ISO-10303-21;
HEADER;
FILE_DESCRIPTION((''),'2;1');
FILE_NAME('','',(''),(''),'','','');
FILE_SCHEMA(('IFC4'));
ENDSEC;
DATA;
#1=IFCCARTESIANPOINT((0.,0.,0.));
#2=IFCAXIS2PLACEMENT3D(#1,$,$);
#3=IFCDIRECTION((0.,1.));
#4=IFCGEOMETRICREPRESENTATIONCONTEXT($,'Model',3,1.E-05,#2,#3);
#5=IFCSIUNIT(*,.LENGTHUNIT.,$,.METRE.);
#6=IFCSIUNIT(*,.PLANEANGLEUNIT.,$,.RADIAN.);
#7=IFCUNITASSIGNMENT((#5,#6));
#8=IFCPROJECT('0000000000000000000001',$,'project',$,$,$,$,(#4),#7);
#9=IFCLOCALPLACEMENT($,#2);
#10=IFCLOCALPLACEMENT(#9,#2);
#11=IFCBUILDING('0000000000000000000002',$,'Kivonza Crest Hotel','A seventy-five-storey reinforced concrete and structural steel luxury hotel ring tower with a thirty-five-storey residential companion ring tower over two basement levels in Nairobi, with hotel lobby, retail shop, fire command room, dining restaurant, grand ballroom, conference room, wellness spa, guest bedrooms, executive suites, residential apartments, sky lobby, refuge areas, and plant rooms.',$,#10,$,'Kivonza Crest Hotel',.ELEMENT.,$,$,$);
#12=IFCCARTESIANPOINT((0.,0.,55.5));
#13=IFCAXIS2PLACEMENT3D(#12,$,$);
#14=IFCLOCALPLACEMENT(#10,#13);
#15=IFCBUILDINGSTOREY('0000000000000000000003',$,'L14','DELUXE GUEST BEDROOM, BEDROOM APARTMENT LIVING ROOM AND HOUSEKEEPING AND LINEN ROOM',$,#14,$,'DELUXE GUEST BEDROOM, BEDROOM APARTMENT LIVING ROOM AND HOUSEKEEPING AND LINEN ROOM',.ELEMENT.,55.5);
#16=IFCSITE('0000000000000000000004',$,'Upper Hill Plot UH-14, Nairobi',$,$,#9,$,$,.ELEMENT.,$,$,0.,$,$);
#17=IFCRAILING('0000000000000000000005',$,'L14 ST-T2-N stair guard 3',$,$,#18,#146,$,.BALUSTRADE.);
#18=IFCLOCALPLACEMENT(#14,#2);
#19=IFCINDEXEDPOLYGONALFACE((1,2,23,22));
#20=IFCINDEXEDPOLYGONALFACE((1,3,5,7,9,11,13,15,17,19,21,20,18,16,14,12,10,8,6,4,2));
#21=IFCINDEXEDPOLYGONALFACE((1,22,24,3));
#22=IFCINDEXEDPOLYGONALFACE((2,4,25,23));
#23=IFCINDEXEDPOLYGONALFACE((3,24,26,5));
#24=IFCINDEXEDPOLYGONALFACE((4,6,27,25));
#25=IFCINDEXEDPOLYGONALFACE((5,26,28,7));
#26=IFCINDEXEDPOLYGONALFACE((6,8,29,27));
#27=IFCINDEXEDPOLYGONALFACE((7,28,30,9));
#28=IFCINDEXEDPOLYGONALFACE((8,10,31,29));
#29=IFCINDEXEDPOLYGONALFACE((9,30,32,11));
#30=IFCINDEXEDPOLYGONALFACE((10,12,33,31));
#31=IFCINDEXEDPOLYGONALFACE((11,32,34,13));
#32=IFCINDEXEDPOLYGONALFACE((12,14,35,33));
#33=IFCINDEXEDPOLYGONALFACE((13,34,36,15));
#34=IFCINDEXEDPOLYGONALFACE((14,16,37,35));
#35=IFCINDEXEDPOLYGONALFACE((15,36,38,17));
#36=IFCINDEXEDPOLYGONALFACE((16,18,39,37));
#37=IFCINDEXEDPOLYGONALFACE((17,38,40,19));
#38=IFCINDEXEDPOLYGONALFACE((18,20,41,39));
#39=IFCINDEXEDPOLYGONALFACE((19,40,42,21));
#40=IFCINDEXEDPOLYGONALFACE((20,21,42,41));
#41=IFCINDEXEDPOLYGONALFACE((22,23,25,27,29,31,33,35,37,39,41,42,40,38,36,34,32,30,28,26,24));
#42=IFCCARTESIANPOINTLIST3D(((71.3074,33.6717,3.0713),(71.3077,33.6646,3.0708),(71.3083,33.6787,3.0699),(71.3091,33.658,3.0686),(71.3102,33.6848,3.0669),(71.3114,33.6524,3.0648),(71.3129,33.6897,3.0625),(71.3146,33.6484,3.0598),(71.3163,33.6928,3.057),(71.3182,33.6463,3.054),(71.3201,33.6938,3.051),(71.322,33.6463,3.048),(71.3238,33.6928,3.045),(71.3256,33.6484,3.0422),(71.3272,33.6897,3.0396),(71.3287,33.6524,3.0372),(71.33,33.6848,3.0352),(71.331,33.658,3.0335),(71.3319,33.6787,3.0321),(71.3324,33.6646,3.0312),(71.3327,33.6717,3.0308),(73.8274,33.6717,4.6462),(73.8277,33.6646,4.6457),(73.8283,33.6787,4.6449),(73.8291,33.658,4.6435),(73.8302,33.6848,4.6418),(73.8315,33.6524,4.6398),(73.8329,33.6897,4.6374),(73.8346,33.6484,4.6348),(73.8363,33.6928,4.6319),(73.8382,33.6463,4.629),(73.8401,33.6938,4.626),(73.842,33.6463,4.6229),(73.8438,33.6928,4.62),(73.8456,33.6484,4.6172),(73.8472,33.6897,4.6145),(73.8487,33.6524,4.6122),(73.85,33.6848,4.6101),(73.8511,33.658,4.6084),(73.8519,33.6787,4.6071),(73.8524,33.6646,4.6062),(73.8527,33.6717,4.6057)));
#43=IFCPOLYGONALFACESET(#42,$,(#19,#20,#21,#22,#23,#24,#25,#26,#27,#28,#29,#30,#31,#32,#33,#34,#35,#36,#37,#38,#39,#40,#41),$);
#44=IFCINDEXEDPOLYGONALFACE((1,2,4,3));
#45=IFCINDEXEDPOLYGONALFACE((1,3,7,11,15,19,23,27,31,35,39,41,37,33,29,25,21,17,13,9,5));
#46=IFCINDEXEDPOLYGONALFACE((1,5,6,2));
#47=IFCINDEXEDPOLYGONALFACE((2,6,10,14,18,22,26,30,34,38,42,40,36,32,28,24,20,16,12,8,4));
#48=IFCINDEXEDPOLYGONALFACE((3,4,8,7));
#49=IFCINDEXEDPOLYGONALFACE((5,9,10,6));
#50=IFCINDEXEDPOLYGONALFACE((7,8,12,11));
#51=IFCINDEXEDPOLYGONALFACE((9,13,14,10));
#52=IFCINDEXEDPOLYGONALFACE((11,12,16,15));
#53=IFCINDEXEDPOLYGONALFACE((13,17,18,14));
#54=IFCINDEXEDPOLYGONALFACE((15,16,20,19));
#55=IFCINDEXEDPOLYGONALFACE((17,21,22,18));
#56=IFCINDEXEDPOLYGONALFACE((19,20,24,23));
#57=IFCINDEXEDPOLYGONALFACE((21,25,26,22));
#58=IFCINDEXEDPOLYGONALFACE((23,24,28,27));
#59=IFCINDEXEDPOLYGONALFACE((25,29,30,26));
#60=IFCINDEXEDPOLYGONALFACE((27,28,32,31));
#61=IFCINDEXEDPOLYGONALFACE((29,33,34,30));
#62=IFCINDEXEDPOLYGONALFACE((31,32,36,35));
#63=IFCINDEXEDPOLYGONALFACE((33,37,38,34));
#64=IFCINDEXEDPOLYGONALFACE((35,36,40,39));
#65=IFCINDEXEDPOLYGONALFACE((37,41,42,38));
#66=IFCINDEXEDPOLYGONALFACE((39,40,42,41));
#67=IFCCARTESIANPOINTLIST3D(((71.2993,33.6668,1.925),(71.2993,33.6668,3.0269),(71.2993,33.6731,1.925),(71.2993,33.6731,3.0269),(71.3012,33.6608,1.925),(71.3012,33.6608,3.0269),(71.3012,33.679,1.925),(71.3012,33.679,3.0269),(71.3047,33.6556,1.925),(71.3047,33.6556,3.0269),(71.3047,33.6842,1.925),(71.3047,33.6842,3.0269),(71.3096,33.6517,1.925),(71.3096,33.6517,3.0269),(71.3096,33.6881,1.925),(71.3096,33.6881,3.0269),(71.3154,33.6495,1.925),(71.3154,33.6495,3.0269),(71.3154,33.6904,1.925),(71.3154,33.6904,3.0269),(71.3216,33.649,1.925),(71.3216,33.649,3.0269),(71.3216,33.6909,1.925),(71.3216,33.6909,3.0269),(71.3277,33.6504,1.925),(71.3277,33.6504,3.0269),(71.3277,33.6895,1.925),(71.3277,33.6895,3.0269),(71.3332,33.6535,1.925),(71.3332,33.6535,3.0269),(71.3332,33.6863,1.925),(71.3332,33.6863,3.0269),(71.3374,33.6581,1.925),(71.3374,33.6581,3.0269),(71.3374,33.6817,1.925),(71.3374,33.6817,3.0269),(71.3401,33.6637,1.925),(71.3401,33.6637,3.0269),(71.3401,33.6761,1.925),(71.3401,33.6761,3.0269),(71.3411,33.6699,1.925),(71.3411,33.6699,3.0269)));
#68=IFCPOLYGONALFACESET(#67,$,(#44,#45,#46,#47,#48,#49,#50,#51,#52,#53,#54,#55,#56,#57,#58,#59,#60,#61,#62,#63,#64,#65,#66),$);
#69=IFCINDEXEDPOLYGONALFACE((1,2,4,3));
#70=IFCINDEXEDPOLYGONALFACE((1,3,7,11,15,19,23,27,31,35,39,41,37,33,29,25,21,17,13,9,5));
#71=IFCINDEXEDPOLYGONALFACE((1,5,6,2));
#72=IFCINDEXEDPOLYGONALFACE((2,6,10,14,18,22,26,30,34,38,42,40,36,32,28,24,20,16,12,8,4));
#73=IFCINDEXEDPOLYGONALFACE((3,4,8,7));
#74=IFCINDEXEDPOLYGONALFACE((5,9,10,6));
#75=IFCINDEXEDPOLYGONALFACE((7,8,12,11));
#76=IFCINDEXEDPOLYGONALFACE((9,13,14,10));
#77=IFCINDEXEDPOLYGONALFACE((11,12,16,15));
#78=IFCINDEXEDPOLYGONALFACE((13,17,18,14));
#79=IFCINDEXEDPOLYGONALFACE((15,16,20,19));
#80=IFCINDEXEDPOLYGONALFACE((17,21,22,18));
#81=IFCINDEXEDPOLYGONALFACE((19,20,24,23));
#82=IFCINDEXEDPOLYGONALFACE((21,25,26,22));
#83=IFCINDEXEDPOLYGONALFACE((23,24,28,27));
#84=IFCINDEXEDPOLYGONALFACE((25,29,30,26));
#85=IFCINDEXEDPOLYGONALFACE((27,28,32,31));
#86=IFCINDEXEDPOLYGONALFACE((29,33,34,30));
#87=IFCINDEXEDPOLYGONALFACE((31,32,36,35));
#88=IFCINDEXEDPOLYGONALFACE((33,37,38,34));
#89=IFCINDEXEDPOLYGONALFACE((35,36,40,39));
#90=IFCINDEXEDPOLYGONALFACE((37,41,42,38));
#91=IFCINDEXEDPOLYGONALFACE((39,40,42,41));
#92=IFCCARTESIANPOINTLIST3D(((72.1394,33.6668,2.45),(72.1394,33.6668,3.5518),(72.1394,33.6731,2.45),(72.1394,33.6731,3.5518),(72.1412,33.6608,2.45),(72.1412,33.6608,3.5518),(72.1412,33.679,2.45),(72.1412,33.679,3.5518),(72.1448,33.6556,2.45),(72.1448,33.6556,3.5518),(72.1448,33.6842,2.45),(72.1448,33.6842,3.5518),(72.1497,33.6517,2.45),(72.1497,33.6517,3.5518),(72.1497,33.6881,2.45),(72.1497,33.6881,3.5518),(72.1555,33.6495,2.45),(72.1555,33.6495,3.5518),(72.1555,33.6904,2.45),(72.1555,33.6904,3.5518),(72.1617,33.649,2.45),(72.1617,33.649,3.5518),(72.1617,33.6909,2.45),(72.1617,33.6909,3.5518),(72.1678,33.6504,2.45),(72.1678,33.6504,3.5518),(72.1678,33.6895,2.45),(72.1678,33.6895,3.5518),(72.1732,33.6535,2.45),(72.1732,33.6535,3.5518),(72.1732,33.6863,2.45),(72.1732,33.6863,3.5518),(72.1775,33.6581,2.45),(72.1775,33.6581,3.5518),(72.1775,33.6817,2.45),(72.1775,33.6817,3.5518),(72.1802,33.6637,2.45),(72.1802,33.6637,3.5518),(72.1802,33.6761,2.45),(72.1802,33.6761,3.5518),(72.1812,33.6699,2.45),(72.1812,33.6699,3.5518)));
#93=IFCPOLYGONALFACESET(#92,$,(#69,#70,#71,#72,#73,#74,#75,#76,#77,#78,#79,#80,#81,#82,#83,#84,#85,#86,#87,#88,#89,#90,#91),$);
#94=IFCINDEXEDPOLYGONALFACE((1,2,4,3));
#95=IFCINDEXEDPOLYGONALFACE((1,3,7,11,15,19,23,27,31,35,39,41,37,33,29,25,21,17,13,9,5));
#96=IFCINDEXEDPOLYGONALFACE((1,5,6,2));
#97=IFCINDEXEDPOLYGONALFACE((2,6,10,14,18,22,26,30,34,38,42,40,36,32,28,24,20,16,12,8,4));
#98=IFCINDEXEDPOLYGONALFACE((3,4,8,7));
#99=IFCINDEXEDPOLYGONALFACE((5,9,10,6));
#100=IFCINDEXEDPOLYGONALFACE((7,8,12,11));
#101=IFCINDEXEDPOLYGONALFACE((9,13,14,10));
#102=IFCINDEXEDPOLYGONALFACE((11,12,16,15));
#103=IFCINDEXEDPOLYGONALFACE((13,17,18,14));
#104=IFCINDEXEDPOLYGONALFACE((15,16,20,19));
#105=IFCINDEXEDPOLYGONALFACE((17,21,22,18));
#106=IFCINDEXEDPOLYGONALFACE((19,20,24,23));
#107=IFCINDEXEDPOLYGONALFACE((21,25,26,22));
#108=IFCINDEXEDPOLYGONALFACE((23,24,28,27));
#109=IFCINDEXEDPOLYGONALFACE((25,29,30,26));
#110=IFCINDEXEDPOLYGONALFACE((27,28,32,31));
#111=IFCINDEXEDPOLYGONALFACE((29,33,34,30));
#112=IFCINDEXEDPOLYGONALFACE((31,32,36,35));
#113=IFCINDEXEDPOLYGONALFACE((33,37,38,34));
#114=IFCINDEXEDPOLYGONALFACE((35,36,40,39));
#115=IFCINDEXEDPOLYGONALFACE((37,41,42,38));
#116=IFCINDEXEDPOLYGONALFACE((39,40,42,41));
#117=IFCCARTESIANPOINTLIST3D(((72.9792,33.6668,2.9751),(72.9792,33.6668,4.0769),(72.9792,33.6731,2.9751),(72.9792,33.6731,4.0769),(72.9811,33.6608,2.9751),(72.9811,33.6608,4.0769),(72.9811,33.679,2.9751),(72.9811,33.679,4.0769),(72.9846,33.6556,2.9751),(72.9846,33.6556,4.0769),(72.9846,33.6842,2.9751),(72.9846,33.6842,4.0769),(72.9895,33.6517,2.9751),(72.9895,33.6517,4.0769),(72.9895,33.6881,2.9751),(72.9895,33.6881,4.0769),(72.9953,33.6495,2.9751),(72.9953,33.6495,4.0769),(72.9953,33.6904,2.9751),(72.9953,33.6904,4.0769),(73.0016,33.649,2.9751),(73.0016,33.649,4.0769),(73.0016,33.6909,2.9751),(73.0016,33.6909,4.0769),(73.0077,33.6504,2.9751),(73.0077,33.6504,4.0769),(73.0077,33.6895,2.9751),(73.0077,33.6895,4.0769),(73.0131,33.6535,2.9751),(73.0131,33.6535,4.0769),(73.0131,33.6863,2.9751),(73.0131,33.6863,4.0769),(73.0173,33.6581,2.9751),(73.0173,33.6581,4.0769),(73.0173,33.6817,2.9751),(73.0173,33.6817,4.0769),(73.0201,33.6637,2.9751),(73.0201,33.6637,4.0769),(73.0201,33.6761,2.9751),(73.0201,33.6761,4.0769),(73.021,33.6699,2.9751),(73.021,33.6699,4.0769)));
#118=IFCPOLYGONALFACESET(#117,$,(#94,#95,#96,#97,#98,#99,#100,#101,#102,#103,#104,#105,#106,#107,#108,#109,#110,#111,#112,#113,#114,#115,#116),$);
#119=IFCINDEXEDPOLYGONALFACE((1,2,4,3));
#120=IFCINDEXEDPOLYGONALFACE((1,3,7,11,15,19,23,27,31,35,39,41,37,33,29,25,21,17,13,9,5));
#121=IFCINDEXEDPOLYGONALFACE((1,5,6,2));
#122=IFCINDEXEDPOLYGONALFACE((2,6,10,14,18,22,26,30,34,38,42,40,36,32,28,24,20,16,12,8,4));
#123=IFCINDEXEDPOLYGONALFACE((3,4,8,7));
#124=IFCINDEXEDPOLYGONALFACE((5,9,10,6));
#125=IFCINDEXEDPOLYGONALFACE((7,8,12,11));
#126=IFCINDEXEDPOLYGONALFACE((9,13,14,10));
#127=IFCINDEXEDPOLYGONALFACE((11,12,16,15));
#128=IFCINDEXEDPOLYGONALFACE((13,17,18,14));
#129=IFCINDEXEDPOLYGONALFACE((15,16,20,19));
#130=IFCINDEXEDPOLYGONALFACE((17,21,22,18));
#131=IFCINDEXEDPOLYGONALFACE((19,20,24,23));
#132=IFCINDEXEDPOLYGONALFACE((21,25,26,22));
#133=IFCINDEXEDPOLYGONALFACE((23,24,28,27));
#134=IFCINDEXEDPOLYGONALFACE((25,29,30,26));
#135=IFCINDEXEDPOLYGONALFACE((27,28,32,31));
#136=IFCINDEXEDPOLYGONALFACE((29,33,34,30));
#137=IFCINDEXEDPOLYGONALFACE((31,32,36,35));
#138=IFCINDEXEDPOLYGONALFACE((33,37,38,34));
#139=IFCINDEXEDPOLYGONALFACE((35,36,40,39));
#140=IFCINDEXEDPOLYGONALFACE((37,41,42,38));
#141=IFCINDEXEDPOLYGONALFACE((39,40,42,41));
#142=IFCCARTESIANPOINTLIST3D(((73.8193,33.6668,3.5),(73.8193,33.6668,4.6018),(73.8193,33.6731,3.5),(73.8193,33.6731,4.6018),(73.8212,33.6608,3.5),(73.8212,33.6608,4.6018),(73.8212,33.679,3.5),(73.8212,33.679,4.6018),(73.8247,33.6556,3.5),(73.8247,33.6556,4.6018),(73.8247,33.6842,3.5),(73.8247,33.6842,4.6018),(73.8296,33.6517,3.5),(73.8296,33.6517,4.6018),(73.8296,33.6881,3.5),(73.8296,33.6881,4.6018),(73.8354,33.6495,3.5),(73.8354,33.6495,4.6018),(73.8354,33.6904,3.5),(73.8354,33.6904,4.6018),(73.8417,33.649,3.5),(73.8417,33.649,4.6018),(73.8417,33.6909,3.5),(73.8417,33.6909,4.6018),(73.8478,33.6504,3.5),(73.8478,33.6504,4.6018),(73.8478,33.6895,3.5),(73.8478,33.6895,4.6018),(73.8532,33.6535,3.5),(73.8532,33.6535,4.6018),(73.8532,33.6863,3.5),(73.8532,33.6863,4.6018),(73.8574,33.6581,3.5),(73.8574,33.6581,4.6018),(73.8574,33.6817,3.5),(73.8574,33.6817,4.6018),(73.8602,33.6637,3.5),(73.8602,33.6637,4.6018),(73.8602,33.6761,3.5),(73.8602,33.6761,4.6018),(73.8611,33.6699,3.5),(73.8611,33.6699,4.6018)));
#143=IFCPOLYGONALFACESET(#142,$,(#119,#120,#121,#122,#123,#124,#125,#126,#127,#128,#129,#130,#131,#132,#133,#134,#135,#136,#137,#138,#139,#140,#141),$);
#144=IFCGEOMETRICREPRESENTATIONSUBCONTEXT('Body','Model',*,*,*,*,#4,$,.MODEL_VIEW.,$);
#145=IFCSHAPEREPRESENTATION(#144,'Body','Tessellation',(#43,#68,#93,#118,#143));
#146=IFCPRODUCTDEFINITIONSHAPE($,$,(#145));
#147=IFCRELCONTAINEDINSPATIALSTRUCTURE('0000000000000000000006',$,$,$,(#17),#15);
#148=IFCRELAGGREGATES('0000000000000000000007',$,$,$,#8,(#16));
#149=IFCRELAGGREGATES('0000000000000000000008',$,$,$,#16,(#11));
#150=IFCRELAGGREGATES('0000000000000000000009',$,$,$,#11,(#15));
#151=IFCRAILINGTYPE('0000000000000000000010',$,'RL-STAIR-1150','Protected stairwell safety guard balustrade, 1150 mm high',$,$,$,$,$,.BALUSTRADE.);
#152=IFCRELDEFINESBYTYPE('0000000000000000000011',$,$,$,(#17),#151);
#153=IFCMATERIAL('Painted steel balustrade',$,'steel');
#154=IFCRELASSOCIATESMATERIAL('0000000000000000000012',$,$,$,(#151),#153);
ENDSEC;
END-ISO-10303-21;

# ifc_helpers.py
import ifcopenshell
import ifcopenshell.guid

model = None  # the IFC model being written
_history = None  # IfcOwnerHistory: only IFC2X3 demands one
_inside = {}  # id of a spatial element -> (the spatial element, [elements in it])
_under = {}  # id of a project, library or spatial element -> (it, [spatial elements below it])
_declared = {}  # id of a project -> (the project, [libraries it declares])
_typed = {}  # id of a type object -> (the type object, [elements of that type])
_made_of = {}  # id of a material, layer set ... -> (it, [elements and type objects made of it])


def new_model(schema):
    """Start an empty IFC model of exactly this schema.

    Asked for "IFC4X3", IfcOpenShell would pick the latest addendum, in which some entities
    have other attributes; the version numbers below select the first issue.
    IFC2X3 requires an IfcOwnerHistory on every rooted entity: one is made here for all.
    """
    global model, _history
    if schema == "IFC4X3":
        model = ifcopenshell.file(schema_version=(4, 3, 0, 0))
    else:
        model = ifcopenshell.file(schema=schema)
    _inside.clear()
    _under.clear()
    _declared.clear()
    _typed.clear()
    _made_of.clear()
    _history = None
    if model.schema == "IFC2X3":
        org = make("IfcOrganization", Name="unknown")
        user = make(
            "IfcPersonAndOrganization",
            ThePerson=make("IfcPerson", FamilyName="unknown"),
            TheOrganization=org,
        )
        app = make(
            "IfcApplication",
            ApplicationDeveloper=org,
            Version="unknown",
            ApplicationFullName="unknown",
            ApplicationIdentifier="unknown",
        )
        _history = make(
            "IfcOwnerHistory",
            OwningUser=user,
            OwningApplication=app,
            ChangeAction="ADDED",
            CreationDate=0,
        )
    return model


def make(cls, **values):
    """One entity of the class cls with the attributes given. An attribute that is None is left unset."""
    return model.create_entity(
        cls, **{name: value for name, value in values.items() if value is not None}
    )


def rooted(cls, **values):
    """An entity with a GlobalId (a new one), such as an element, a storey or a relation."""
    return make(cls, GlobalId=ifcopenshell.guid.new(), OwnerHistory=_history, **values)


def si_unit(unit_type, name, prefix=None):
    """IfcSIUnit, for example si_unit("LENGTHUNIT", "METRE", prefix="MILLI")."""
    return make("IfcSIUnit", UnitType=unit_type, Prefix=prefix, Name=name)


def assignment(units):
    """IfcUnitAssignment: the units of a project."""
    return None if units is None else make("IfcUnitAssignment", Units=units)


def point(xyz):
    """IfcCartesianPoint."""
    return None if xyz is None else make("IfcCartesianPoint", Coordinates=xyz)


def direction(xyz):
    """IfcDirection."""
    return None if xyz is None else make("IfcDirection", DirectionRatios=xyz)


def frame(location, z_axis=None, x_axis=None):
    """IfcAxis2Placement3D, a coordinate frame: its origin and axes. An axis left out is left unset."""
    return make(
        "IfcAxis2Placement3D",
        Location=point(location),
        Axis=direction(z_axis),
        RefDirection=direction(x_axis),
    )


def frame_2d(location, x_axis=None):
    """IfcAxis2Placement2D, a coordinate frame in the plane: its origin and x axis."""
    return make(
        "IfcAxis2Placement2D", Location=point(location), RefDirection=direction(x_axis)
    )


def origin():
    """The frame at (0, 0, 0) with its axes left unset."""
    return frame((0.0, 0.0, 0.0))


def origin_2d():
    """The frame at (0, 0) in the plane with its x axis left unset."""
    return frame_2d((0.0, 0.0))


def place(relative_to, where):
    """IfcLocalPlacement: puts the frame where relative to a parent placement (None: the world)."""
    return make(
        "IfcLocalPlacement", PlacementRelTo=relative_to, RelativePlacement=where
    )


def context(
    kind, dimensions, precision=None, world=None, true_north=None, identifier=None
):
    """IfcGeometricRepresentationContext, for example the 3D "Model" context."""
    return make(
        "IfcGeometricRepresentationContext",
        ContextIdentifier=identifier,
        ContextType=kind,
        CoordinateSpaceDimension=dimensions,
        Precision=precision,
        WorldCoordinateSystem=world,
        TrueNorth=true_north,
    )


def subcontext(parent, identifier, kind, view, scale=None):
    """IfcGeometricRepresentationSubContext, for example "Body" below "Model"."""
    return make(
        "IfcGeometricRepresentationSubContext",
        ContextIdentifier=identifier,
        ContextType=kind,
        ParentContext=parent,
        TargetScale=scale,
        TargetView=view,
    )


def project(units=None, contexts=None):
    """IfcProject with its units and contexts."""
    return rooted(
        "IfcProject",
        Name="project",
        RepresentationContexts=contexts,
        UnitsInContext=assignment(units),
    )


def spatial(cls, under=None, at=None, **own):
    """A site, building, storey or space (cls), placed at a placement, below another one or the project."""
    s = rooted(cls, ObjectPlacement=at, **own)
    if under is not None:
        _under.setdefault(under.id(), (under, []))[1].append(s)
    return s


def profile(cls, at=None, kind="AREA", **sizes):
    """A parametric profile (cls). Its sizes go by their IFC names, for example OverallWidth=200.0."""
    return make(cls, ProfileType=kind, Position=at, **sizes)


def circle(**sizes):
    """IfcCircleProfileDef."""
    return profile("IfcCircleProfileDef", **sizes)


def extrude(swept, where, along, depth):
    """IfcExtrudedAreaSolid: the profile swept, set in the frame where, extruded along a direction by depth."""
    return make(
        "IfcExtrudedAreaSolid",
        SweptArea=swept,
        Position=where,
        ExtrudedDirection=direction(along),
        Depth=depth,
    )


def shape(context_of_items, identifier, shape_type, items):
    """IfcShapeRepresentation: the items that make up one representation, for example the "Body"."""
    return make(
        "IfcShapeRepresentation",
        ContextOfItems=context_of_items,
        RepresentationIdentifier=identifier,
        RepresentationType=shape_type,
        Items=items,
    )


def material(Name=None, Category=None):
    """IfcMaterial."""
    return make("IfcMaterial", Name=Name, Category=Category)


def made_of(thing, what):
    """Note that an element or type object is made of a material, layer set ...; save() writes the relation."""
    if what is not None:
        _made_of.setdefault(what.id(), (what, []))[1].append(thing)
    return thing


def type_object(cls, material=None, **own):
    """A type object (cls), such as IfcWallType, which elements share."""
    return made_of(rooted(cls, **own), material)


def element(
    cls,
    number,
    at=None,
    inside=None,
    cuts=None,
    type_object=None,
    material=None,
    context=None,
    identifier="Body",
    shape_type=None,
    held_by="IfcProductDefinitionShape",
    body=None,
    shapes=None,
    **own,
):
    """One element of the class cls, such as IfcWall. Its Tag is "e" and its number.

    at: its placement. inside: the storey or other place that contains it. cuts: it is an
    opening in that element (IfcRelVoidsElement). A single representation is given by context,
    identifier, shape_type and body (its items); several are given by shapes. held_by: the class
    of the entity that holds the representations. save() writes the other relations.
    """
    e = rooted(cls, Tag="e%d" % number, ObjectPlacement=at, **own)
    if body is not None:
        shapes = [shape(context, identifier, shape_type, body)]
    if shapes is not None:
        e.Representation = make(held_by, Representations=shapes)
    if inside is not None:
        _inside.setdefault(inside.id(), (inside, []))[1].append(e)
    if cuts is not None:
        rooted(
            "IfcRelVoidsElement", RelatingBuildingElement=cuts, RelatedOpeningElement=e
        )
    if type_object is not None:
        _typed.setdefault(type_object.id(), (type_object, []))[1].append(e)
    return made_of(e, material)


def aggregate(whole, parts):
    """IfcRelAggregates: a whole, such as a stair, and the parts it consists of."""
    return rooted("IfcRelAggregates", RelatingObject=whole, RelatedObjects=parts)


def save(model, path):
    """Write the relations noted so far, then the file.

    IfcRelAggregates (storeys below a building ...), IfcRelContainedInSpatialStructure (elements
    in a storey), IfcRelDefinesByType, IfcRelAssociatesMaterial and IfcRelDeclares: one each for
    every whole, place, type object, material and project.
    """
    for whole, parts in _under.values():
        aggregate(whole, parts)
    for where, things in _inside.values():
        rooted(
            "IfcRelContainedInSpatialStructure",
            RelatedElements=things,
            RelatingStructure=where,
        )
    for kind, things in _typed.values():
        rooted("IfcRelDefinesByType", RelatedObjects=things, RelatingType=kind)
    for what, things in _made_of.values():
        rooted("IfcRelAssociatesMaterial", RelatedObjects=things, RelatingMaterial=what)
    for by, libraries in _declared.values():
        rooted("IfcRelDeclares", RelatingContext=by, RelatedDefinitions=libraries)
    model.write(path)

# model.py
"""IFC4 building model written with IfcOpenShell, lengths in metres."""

from ifc_helpers import new_model, si_unit, direction, frame, origin, origin_2d, place, context, subcontext, project, spatial, circle, extrude, material, type_object, element, save


model = new_model("IFC4")

# Units and contexts
model_context = context("Model", 3, precision=1e-05, world=origin(), true_north=direction((0.0, 1.0)))
body_context = subcontext(model_context, "Body", "Model", "MODEL_VIEW")
ifc_project = project(units=[si_unit("LENGTHUNIT", "METRE"), si_unit("PLANEANGLEUNIT", "RADIAN")], contexts=[model_context])

# Site, building, storey
site_placement = place(None, origin())
site = spatial("IfcSite", under=ifc_project, at=site_placement, Name="Upper Hill Plot UH-14, Nairobi", CompositionType="ELEMENT", RefElevation=0.0)
building_placement = place(site_placement, origin())
building = spatial("IfcBuilding", under=site, at=building_placement, Name="Kivonza Crest Hotel", Description="A seventy-five-storey reinforced concrete and structural steel luxury hotel ring tower with a thirty-five-storey residential companion ring tower over two basement levels in Nairobi, with hotel lobby, retail shop, fire command room, dining restaurant, grand ballroom, conference room, wellness spa, guest bedrooms, executive suites, residential apartments, sky lobby, refuge areas, and plant rooms.", LongName="Kivonza Crest Hotel", CompositionType="ELEMENT")
storey_placement = place(building_placement, frame((0.0, 0.0, 55.5)))
storey = spatial("IfcBuildingStorey", under=building, at=storey_placement, Name="L14", Description="DELUXE GUEST BEDROOM, BEDROOM APARTMENT LIVING ROOM AND HOUSEKEEPING AND LINEN ROOM", LongName="DELUXE GUEST BEDROOM, BEDROOM APARTMENT LIVING ROOM AND HOUSEKEEPING AND LINEN ROOM", CompositionType="ELEMENT", Elevation=55.5)

# Railing
ifc_material_1 = material(Name="Painted steel balustrade", Category="steel")
railing_type_1 = type_object("IfcRailingType", Name="RL-STAIR-1150", Description="Protected stairwell safety guard balustrade, 1150 mm high", PredefinedType="BALUSTRADE", material=ifc_material_1)
railing_1_placement = place(storey_placement, frame((71.3201, 33.6699, 1.925)))
element("IfcRailing", 1, at=railing_1_placement, inside=storey, type_object=railing_type_1, Name="L14 ST-T2-N stair guard 3", PredefinedType="BALUSTRADE", context=body_context, shape_type="SweptSolid", body=[
    extrude(circle(Radius=0.0239, at=origin_2d()), frame((0.0, 0.0, 1.126), z_axis=(0.848008, 0.0, 0.529984), x_axis=(0.0, 1.0, 0.0)), (0.0, 0.0, 1.0), 2.9717),
    extrude(circle(Radius=0.021, at=origin_2d()), origin(), (0.0, 0.0, 1.0), 1.1018),
    extrude(circle(Radius=0.021, at=origin_2d()), frame((0.8401, 0.0, 0.5249)), (0.0, 0.0, 1.0), 1.1018),
    extrude(circle(Radius=0.021, at=origin_2d()), frame((1.6799, 0.0, 1.05)), (0.0, 0.0, 1.0), 1.1018),
    extrude(circle(Radius=0.021, at=origin_2d()), frame((2.52, 0.0, 1.575)), (0.0, 0.0, 1.0), 1.1018),
])

save(model, "model.ifc")
